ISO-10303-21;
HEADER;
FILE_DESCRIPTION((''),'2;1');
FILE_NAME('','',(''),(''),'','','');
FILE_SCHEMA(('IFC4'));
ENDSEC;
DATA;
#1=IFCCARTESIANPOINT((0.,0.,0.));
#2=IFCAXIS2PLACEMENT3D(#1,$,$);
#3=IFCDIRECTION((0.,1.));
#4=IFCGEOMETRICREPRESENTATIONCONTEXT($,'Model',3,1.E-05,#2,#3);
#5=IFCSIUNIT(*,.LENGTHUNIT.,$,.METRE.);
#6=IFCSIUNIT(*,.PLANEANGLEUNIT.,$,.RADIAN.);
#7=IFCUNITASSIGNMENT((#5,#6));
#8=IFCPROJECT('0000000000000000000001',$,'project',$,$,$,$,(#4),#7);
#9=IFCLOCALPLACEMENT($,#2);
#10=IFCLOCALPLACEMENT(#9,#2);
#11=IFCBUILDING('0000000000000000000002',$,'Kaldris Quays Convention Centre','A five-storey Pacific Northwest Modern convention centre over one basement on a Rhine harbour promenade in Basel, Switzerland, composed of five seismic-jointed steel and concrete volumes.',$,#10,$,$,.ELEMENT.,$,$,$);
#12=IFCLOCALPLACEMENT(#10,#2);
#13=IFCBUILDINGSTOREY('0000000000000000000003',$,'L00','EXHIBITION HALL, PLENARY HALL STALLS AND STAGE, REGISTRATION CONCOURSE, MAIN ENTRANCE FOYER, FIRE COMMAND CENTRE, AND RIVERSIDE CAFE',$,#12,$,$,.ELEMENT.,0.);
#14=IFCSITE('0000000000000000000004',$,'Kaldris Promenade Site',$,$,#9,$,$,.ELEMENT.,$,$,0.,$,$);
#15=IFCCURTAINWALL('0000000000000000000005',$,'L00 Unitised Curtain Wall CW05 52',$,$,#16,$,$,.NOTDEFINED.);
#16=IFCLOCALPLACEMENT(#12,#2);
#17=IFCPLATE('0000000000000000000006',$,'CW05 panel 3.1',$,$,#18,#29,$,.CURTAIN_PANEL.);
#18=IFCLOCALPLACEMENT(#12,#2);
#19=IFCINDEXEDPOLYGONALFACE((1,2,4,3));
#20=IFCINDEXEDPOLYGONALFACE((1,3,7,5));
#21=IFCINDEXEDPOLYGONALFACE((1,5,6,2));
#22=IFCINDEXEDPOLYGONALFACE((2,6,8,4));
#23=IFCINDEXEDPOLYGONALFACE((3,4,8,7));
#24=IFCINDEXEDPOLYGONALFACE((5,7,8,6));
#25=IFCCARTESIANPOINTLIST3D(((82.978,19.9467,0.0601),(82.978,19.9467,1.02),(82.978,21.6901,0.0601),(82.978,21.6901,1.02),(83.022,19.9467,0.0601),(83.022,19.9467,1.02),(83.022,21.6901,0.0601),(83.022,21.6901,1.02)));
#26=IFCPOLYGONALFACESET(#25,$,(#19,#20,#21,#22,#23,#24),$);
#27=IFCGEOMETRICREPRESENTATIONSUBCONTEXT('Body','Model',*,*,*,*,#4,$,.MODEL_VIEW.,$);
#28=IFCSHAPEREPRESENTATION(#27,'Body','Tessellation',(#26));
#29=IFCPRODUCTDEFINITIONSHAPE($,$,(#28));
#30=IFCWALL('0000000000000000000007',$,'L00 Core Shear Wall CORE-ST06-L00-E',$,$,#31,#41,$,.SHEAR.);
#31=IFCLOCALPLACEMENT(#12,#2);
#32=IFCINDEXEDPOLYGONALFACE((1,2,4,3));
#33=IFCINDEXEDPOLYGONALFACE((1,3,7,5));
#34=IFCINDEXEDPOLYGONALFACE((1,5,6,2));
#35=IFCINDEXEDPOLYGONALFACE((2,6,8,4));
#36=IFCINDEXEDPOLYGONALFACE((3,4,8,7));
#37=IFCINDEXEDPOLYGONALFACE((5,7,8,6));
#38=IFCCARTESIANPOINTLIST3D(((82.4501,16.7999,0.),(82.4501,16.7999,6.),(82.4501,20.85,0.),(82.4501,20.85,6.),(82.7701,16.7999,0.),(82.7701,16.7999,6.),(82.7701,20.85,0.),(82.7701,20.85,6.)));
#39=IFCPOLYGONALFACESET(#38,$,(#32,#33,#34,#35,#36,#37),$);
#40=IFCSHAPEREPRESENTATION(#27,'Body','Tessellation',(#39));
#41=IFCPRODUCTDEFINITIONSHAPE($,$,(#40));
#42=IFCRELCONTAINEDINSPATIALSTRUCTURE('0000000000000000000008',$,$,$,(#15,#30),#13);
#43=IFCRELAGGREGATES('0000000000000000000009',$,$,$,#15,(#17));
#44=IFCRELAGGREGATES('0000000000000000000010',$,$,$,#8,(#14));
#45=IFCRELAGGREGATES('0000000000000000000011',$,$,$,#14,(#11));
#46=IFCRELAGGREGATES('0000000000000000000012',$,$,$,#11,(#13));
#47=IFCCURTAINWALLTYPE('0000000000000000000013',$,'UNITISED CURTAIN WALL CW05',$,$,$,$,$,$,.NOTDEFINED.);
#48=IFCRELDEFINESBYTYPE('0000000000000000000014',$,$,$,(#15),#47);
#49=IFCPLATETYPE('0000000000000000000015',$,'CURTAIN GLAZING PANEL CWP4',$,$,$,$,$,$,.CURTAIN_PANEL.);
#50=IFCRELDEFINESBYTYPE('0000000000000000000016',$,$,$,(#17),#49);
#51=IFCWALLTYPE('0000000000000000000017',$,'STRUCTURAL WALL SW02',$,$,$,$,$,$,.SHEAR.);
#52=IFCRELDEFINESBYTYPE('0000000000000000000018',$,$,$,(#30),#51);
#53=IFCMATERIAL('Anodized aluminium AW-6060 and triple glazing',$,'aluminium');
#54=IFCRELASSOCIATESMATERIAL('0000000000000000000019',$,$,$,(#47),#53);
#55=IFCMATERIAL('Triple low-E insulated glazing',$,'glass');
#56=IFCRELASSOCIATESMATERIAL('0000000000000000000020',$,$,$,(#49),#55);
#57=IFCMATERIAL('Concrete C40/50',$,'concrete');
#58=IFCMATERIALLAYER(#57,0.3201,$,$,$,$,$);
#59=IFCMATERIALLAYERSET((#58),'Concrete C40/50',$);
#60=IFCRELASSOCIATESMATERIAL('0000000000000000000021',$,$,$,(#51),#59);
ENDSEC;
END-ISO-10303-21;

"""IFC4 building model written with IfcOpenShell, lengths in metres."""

from ifc_helpers import new_model, si_unit, direction, frame, frame_2d, origin, origin_2d, place, context, subcontext, project, spatial, rectangle, extrude, material, layer, layer_set, type_object, element, aggregate, save


model = new_model("IFC4")

# Units and contexts
model_context = context("Model", 3, precision=1e-05, world=origin(), true_north=direction((0.0, 1.0)))
body_context = subcontext(model_context, "Body", "Model", "MODEL_VIEW")
ifc_project = project(units=[si_unit("LENGTHUNIT", "METRE"), si_unit("PLANEANGLEUNIT", "RADIAN")], contexts=[model_context])

# Site, building, storey
site_placement = place(None, origin())
site = spatial("IfcSite", under=ifc_project, at=site_placement, Name="Kaldris Promenade Site", CompositionType="ELEMENT", RefElevation=0.0)
building_placement = place(site_placement, origin())
building = spatial("IfcBuilding", under=site, at=building_placement, Name="Kaldris Quays Convention Centre", Description="A five-storey Pacific Northwest Modern convention centre over one basement on a Rhine harbour promenade in Basel, Switzerland, composed of five seismic-jointed steel and concrete volumes.", CompositionType="ELEMENT")
storey_placement = place(building_placement, origin())
storey = spatial("IfcBuildingStorey", under=building, at=storey_placement, Name="L00", Description="EXHIBITION HALL, PLENARY HALL STALLS AND STAGE, REGISTRATION CONCOURSE, MAIN ENTRANCE FOYER, FIRE COMMAND CENTRE, AND RIVERSIDE CAFE", CompositionType="ELEMENT", Elevation=0.0)

# Curtain wall
ifc_material_1 = material(Name="Anodized aluminium AW-6060 and triple glazing", Category="aluminium")
curtain_wall_type_1 = type_object("IfcCurtainWallType", Name="UNITISED CURTAIN WALL CW05", PredefinedType="NOTDEFINED", material=ifc_material_1)
curtain_wall_1_placement = place(storey_placement, origin())
curtain_wall_1 = element("IfcCurtainWall", 1, at=curtain_wall_1_placement, inside=storey, type_object=curtain_wall_type_1, Name="L00 Unitised Curtain Wall CW05 52", PredefinedType="NOTDEFINED")

# Plate
ifc_material_2 = material(Name="Triple low-E insulated glazing", Category="glass")
plate_type_1 = type_object("IfcPlateType", Name="CURTAIN GLAZING PANEL CWP4", PredefinedType="CURTAIN_PANEL", material=ifc_material_2)
plate_1_placement = place(storey_placement, frame((83.0, 20.8184, 0.0601), z_axis=(0.0, 0.0, 1.0), x_axis=(0.0, 1.0, 0.0)))
plate_1 = element("IfcPlate", 2, at=plate_1_placement, type_object=plate_type_1, Name="CW05 panel 3.1", PredefinedType="CURTAIN_PANEL", context=body_context, shape_type="SweptSolid", body=[
    extrude(rectangle(XDim=1.7434, YDim=0.0439, at=origin_2d()), origin(), (0.0, 0.0, 1.0), 0.96),
])
aggregate(curtain_wall_1, [plate_1])

# Wall
ifc_material_3 = material(Name="Concrete C40/50", Category="concrete")
ifc_layer = layer(ifc_material_3, 0.3201)
ifc_layer_set = layer_set([ifc_layer], Name="Concrete C40/50")
wall_type = type_object("IfcWallType", Name="STRUCTURAL WALL SW02", PredefinedType="SHEAR", material=ifc_layer_set)
wall_placement = place(storey_placement, frame((82.6101, 16.8, 0.0), z_axis=(0.0, 0.0, 1.0), x_axis=(0.0, 1.0, 0.0)))
element("IfcWall", 3, at=wall_placement, inside=storey, type_object=wall_type, Name="L00 Core Shear Wall CORE-ST06-L00-E", PredefinedType="SHEAR", context=body_context, shape_type="SweptSolid", body=[
    extrude(rectangle(XDim=4.05, YDim=0.3201, at=frame_2d((2.0249, 0.0))), origin(), (0.0, 0.0, 1.0), 6.0),
])

save(model, "model.ifc")
